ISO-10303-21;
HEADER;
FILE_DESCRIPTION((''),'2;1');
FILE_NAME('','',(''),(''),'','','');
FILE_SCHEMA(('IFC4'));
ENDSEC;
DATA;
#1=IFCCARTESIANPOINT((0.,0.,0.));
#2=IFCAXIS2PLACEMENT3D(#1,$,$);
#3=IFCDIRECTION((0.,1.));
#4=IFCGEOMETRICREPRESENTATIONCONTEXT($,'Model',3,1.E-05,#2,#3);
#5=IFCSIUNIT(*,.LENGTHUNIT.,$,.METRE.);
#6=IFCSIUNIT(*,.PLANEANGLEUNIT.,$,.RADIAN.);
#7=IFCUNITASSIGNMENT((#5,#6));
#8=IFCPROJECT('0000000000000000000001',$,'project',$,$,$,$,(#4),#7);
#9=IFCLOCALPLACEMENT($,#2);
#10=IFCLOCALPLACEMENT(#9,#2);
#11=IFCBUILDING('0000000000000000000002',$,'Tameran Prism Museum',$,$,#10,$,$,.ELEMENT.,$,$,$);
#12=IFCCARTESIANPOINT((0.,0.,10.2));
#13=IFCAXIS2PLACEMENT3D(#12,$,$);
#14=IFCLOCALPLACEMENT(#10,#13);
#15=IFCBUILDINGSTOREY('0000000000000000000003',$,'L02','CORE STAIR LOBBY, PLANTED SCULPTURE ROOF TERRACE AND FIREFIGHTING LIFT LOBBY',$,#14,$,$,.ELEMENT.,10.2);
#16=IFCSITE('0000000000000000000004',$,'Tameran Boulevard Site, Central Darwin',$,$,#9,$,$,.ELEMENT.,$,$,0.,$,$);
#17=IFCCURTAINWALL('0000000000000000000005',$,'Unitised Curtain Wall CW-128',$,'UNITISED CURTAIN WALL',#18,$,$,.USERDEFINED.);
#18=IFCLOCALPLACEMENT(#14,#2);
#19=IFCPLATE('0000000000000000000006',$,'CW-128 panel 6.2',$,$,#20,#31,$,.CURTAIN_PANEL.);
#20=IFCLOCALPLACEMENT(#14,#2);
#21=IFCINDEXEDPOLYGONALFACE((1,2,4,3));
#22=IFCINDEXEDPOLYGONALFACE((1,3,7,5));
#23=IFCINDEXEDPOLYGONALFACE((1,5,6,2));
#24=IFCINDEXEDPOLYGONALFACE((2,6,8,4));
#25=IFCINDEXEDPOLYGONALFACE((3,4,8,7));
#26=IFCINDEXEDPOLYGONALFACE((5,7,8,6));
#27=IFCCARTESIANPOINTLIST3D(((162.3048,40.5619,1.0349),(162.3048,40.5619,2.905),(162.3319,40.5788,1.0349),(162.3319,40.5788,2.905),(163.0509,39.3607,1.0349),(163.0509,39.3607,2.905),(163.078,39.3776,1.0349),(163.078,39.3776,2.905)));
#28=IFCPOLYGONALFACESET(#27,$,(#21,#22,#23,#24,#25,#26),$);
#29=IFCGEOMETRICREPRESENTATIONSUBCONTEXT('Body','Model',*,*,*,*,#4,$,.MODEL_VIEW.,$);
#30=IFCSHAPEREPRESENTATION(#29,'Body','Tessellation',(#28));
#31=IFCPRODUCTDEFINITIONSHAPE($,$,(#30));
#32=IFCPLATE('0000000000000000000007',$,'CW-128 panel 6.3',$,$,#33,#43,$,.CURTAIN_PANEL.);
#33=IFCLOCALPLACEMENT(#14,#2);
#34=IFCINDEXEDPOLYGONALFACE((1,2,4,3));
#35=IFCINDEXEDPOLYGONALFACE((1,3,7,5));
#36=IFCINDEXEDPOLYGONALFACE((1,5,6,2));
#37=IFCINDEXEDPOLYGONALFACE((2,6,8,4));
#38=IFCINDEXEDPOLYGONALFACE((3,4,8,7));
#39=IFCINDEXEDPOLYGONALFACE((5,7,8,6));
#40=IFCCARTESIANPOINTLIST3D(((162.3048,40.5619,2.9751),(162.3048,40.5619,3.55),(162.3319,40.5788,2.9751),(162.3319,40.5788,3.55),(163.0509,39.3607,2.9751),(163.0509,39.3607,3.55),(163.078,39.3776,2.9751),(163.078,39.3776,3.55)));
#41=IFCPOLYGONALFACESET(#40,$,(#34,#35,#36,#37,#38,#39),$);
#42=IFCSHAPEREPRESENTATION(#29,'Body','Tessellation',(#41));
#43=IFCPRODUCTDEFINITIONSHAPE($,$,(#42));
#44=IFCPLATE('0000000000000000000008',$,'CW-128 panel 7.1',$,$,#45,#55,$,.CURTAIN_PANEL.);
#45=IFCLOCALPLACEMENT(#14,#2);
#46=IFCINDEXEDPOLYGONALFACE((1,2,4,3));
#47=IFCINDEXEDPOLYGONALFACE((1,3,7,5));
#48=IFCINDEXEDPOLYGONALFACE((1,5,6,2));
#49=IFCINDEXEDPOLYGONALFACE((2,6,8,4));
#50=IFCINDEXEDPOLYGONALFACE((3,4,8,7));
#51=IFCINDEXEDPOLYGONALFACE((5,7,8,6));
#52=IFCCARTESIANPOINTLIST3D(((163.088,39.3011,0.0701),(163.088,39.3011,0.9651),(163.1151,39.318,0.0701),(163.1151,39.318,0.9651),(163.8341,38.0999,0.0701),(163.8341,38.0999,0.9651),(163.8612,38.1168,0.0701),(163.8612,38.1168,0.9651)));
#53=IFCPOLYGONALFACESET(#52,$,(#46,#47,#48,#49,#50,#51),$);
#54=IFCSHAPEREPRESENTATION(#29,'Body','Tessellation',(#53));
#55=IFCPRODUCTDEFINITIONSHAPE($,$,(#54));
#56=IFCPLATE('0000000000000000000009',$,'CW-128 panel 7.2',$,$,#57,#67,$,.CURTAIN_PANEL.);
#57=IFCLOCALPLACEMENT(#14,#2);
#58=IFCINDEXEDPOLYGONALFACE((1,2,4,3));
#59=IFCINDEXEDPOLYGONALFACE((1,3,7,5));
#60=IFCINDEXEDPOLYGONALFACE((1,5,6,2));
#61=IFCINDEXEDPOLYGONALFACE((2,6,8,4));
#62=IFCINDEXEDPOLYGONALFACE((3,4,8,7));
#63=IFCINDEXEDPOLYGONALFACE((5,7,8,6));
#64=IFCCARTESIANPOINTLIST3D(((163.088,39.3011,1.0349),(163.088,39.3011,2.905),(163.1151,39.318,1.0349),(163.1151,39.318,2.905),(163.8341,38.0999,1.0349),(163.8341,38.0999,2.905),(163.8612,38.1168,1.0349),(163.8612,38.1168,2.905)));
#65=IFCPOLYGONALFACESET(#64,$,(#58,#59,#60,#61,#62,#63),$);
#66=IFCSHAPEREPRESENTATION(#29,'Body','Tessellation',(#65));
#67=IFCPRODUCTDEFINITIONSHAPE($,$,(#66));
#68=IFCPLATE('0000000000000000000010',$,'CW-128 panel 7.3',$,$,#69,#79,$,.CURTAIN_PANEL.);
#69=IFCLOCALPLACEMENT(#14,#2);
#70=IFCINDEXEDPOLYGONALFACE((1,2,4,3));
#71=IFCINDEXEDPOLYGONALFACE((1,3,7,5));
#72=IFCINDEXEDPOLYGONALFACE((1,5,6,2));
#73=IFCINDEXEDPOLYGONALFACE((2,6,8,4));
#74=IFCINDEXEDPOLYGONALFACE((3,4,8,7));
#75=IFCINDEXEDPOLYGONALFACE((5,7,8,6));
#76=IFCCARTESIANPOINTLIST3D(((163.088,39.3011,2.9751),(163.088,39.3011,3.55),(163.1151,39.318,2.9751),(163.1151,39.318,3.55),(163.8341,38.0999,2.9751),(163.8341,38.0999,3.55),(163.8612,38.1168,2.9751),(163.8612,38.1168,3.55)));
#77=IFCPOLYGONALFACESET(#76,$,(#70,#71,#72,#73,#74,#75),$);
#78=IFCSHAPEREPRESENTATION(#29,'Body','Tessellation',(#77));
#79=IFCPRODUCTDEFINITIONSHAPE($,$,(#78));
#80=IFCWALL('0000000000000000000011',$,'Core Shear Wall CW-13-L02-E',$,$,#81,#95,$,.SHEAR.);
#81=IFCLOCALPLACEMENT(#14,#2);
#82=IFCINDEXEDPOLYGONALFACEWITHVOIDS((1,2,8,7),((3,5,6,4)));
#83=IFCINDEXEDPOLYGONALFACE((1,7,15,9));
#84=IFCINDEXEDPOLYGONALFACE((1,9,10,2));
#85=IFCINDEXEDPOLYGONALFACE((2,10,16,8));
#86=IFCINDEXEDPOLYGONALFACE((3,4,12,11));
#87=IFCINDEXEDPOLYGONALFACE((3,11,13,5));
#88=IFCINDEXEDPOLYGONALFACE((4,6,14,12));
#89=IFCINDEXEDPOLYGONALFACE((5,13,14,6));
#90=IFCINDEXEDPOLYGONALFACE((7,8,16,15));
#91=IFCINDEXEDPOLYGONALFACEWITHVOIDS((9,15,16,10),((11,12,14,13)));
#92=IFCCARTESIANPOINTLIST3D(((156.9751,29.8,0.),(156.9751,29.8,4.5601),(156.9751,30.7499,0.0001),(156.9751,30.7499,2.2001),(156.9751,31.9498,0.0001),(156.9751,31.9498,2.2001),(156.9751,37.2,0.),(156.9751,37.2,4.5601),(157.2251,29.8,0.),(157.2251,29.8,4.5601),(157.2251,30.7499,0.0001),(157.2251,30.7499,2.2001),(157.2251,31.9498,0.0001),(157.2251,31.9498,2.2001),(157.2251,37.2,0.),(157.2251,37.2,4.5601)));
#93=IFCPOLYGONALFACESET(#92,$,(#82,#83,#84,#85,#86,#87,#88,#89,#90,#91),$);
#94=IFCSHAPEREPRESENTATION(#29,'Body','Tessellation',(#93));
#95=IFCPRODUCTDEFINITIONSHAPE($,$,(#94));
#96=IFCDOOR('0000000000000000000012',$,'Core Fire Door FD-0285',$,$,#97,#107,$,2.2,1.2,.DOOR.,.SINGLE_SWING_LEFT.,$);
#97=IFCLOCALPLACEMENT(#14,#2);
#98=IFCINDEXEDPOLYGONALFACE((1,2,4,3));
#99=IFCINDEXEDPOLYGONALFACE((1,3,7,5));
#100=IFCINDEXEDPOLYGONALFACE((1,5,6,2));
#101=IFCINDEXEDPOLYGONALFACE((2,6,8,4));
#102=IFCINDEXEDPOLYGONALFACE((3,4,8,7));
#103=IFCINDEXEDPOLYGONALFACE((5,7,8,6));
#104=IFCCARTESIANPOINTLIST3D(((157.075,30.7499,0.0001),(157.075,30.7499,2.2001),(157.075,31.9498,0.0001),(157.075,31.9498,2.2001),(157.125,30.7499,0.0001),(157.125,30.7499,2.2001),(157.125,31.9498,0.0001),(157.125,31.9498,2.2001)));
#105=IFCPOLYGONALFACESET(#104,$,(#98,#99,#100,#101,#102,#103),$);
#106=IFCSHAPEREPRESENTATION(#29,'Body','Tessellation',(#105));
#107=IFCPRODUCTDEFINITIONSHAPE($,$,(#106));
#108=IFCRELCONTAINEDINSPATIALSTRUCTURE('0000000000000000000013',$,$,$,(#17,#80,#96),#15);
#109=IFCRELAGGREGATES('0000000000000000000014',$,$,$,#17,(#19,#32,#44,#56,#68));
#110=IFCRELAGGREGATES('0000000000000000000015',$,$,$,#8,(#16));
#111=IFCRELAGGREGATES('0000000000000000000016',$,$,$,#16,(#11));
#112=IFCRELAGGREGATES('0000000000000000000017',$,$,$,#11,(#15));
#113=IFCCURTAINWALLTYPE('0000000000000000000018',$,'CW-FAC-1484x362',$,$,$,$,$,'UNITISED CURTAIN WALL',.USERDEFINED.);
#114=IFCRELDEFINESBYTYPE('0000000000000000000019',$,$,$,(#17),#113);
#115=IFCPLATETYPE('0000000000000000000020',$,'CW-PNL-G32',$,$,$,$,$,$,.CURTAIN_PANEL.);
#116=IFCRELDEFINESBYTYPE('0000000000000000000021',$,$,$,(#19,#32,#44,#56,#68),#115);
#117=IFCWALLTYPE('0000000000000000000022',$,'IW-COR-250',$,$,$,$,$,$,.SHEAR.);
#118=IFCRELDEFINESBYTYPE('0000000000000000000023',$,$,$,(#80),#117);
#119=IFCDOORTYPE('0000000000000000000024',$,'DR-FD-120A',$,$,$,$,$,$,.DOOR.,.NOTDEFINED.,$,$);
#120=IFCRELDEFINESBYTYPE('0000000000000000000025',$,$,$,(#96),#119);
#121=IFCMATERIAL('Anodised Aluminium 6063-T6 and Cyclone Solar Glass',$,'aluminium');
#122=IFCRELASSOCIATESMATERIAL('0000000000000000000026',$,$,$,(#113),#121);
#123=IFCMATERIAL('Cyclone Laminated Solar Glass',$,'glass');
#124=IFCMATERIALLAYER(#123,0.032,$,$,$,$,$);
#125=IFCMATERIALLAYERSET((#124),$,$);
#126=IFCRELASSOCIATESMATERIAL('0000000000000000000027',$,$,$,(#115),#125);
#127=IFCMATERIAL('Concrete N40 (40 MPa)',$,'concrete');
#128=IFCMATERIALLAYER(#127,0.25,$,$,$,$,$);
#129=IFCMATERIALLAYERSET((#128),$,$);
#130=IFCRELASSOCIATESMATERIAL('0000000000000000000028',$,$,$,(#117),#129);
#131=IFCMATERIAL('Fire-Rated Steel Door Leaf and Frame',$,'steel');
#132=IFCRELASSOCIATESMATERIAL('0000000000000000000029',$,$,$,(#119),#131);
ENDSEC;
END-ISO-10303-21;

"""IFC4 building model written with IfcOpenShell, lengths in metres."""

from ifc_helpers import new_model, si_unit, direction, frame, frame_2d, origin, origin_2d, place, context, subcontext, project, spatial, rectangle, extrude, material, layer, layer_set, type_object, element, fill, aggregate, save


model = new_model("IFC4")

# Units and contexts
model_context = context("Model", 3, precision=1e-05, world=origin(), true_north=direction((0.0, 1.0)))
body_context = subcontext(model_context, "Body", "Model", "MODEL_VIEW")
ifc_project = project(units=[si_unit("LENGTHUNIT", "METRE"), si_unit("PLANEANGLEUNIT", "RADIAN")], contexts=[model_context])

# Site, building, storey
site_placement = place(None, origin())
site = spatial("IfcSite", under=ifc_project, at=site_placement, Name="Tameran Boulevard Site, Central Darwin", CompositionType="ELEMENT", RefElevation=0.0)
building_placement = place(site_placement, origin())
building = spatial("IfcBuilding", under=site, at=building_placement, Name="Tameran Prism Museum", CompositionType="ELEMENT")
storey_placement = place(building_placement, frame((0.0, 0.0, 10.2)))
storey = spatial("IfcBuildingStorey", under=building, at=storey_placement, Name="L02", Description="CORE STAIR LOBBY, PLANTED SCULPTURE ROOF TERRACE AND FIREFIGHTING LIFT LOBBY", CompositionType="ELEMENT", Elevation=10.2)

# Curtain wall, plates
ifc_material_1 = material(Name="Anodised Aluminium 6063-T6 and Cyclone Solar Glass", Category="aluminium")
curtain_wall_type = type_object("IfcCurtainWallType", Name="CW-FAC-1484x362", ElementType="UNITISED CURTAIN WALL", PredefinedType="USERDEFINED", material=ifc_material_1)
curtain_wall_placement = place(storey_placement, origin())
curtain_wall = element("IfcCurtainWall", 1, at=curtain_wall_placement, inside=storey, type_object=curtain_wall_type, Name="Unitised Curtain Wall CW-128", ObjectType="UNITISED CURTAIN WALL", PredefinedType="USERDEFINED")
ifc_material_2 = material(Name="Cyclone Laminated Solar Glass", Category="glass")
ifc_layer_1 = layer(ifc_material_2, 0.032)
ifc_layer_set_1 = layer_set([ifc_layer_1])
plate_type = type_object("IfcPlateType", Name="CW-PNL-G32", PredefinedType="CURTAIN_PANEL", material=ifc_layer_set_1)
plate_1_placement = place(storey_placement, frame((162.6914, 39.9697, 1.0349), z_axis=(0.0, 0.0, 1.0), x_axis=(0.527635, -0.849471, 0.0)))
plate_1 = element("IfcPlate", 2, at=plate_1_placement, type_object=plate_type, Name="CW-128 panel 6.2", PredefinedType="CURTAIN_PANEL", context=body_context, shape_type="SweptSolid", body=[
    extrude(rectangle(XDim=1.4141, YDim=0.032, at=origin_2d()), origin(), (0.0, 0.0, 1.0), 1.8701),
])
plate_2_placement = place(storey_placement, frame((162.6914, 39.9697, 2.9751), z_axis=(0.0, 0.0, 1.0), x_axis=(0.527635, -0.849471, 0.0)))
plate_2 = element("IfcPlate", 3, at=plate_2_placement, type_object=plate_type, Name="CW-128 panel 6.3", PredefinedType="CURTAIN_PANEL", context=body_context, shape_type="SweptSolid", body=[
    extrude(rectangle(XDim=1.4141, YDim=0.032, at=origin_2d()), origin(), (0.0, 0.0, 1.0), 0.575),
])
plate_3_placement = place(storey_placement, frame((163.4746, 38.709, 0.0701), z_axis=(0.0, 0.0, 1.0), x_axis=(0.527635, -0.849471, 0.0)))
plate_3 = element("IfcPlate", 4, at=plate_3_placement, type_object=plate_type, Name="CW-128 panel 7.1", PredefinedType="CURTAIN_PANEL", context=body_context, shape_type="SweptSolid", body=[
    extrude(rectangle(XDim=1.4141, YDim=0.032, at=origin_2d()), origin(), (0.0, 0.0, 1.0), 0.895),
])
plate_4_placement = place(storey_placement, frame((163.4746, 38.709, 1.0349), z_axis=(0.0, 0.0, 1.0), x_axis=(0.527635, -0.849471, 0.0)))
plate_4 = element("IfcPlate", 5, at=plate_4_placement, type_object=plate_type, Name="CW-128 panel 7.2", PredefinedType="CURTAIN_PANEL", context=body_context, shape_type="SweptSolid", body=[
    extrude(rectangle(XDim=1.4141, YDim=0.032, at=origin_2d()), origin(), (0.0, 0.0, 1.0), 1.8701),
])
plate_5_placement = place(storey_placement, frame((163.4746, 38.709, 2.9751), z_axis=(0.0, 0.0, 1.0), x_axis=(0.527635, -0.849471, 0.0)))
plate_5 = element("IfcPlate", 6, at=plate_5_placement, type_object=plate_type, Name="CW-128 panel 7.3", PredefinedType="CURTAIN_PANEL", context=body_context, shape_type="SweptSolid", body=[
    extrude(rectangle(XDim=1.4141, YDim=0.032, at=origin_2d()), origin(), (0.0, 0.0, 1.0), 0.575),
])
aggregate(curtain_wall, [plate_1, plate_2, plate_3, plate_4, plate_5])

# Wall, opening, door
ifc_material_3 = material(Name="Concrete N40 (40 MPa)", Category="concrete")
ifc_layer_2 = layer(ifc_material_3, 0.25)
ifc_layer_set_2 = layer_set([ifc_layer_2])
wall_type = type_object("IfcWallType", Name="IW-COR-250", PredefinedType="SHEAR", material=ifc_layer_set_2)
wall_placement = place(storey_placement, frame((157.1001, 37.2, 0.0), z_axis=(0.0, 0.0, 1.0), x_axis=(0.0, -1.0, 0.0)))
wall = element("IfcWall", 7, at=wall_placement, inside=storey, type_object=wall_type, Name="Core Shear Wall CW-13-L02-E", PredefinedType="SHEAR", context=body_context, shape_type="SweptSolid", body=[
    extrude(rectangle(XDim=7.3999, YDim=0.25, at=frame_2d((3.7, 0.0))), origin(), (0.0, 0.0, 1.0), 4.5601),
])
opening_placement = place(wall_placement, frame((5.25, 0.0, 0.0)))
opening = element("IfcOpeningElement", 8, at=opening_placement, cuts=wall, PredefinedType="OPENING", context=body_context, shape_type="SweptSolid", body=[
    extrude(rectangle(XDim=1.2, YDim=2.2, at=frame_2d((0.6001, 1.1001))), frame((0.0, 0.135, 0.0), z_axis=(0.0, -1.0, 0.0), x_axis=(1.0, 0.0, 0.0)), (0.0, 0.0, 1.0), 0.27),
])
ifc_material_4 = material(Name="Fire-Rated Steel Door Leaf and Frame", Category="steel")
door_type = type_object("IfcDoorType", Name="DR-FD-120A", OperationType="NOTDEFINED", PredefinedType="DOOR", material=ifc_material_4)
door_placement = place(opening_placement, origin())
door = element("IfcDoor", 9, at=door_placement, inside=storey, type_object=door_type, Name="Core Fire Door FD-0285", OperationType="SINGLE_SWING_LEFT", OverallHeight=2.2, OverallWidth=1.2, PredefinedType="DOOR", context=body_context, shape_type="SweptSolid", body=[
    extrude(rectangle(XDim=1.2, YDim=2.2, at=frame_2d((0.6001, 1.1001))), frame((0.0, 0.0249, 0.0), z_axis=(0.0, -1.0, 0.0), x_axis=(1.0, 0.0, 0.0)), (0.0, 0.0, 1.0), 0.05),
])
fill(opening, door)

save(model, "model.ifc")
